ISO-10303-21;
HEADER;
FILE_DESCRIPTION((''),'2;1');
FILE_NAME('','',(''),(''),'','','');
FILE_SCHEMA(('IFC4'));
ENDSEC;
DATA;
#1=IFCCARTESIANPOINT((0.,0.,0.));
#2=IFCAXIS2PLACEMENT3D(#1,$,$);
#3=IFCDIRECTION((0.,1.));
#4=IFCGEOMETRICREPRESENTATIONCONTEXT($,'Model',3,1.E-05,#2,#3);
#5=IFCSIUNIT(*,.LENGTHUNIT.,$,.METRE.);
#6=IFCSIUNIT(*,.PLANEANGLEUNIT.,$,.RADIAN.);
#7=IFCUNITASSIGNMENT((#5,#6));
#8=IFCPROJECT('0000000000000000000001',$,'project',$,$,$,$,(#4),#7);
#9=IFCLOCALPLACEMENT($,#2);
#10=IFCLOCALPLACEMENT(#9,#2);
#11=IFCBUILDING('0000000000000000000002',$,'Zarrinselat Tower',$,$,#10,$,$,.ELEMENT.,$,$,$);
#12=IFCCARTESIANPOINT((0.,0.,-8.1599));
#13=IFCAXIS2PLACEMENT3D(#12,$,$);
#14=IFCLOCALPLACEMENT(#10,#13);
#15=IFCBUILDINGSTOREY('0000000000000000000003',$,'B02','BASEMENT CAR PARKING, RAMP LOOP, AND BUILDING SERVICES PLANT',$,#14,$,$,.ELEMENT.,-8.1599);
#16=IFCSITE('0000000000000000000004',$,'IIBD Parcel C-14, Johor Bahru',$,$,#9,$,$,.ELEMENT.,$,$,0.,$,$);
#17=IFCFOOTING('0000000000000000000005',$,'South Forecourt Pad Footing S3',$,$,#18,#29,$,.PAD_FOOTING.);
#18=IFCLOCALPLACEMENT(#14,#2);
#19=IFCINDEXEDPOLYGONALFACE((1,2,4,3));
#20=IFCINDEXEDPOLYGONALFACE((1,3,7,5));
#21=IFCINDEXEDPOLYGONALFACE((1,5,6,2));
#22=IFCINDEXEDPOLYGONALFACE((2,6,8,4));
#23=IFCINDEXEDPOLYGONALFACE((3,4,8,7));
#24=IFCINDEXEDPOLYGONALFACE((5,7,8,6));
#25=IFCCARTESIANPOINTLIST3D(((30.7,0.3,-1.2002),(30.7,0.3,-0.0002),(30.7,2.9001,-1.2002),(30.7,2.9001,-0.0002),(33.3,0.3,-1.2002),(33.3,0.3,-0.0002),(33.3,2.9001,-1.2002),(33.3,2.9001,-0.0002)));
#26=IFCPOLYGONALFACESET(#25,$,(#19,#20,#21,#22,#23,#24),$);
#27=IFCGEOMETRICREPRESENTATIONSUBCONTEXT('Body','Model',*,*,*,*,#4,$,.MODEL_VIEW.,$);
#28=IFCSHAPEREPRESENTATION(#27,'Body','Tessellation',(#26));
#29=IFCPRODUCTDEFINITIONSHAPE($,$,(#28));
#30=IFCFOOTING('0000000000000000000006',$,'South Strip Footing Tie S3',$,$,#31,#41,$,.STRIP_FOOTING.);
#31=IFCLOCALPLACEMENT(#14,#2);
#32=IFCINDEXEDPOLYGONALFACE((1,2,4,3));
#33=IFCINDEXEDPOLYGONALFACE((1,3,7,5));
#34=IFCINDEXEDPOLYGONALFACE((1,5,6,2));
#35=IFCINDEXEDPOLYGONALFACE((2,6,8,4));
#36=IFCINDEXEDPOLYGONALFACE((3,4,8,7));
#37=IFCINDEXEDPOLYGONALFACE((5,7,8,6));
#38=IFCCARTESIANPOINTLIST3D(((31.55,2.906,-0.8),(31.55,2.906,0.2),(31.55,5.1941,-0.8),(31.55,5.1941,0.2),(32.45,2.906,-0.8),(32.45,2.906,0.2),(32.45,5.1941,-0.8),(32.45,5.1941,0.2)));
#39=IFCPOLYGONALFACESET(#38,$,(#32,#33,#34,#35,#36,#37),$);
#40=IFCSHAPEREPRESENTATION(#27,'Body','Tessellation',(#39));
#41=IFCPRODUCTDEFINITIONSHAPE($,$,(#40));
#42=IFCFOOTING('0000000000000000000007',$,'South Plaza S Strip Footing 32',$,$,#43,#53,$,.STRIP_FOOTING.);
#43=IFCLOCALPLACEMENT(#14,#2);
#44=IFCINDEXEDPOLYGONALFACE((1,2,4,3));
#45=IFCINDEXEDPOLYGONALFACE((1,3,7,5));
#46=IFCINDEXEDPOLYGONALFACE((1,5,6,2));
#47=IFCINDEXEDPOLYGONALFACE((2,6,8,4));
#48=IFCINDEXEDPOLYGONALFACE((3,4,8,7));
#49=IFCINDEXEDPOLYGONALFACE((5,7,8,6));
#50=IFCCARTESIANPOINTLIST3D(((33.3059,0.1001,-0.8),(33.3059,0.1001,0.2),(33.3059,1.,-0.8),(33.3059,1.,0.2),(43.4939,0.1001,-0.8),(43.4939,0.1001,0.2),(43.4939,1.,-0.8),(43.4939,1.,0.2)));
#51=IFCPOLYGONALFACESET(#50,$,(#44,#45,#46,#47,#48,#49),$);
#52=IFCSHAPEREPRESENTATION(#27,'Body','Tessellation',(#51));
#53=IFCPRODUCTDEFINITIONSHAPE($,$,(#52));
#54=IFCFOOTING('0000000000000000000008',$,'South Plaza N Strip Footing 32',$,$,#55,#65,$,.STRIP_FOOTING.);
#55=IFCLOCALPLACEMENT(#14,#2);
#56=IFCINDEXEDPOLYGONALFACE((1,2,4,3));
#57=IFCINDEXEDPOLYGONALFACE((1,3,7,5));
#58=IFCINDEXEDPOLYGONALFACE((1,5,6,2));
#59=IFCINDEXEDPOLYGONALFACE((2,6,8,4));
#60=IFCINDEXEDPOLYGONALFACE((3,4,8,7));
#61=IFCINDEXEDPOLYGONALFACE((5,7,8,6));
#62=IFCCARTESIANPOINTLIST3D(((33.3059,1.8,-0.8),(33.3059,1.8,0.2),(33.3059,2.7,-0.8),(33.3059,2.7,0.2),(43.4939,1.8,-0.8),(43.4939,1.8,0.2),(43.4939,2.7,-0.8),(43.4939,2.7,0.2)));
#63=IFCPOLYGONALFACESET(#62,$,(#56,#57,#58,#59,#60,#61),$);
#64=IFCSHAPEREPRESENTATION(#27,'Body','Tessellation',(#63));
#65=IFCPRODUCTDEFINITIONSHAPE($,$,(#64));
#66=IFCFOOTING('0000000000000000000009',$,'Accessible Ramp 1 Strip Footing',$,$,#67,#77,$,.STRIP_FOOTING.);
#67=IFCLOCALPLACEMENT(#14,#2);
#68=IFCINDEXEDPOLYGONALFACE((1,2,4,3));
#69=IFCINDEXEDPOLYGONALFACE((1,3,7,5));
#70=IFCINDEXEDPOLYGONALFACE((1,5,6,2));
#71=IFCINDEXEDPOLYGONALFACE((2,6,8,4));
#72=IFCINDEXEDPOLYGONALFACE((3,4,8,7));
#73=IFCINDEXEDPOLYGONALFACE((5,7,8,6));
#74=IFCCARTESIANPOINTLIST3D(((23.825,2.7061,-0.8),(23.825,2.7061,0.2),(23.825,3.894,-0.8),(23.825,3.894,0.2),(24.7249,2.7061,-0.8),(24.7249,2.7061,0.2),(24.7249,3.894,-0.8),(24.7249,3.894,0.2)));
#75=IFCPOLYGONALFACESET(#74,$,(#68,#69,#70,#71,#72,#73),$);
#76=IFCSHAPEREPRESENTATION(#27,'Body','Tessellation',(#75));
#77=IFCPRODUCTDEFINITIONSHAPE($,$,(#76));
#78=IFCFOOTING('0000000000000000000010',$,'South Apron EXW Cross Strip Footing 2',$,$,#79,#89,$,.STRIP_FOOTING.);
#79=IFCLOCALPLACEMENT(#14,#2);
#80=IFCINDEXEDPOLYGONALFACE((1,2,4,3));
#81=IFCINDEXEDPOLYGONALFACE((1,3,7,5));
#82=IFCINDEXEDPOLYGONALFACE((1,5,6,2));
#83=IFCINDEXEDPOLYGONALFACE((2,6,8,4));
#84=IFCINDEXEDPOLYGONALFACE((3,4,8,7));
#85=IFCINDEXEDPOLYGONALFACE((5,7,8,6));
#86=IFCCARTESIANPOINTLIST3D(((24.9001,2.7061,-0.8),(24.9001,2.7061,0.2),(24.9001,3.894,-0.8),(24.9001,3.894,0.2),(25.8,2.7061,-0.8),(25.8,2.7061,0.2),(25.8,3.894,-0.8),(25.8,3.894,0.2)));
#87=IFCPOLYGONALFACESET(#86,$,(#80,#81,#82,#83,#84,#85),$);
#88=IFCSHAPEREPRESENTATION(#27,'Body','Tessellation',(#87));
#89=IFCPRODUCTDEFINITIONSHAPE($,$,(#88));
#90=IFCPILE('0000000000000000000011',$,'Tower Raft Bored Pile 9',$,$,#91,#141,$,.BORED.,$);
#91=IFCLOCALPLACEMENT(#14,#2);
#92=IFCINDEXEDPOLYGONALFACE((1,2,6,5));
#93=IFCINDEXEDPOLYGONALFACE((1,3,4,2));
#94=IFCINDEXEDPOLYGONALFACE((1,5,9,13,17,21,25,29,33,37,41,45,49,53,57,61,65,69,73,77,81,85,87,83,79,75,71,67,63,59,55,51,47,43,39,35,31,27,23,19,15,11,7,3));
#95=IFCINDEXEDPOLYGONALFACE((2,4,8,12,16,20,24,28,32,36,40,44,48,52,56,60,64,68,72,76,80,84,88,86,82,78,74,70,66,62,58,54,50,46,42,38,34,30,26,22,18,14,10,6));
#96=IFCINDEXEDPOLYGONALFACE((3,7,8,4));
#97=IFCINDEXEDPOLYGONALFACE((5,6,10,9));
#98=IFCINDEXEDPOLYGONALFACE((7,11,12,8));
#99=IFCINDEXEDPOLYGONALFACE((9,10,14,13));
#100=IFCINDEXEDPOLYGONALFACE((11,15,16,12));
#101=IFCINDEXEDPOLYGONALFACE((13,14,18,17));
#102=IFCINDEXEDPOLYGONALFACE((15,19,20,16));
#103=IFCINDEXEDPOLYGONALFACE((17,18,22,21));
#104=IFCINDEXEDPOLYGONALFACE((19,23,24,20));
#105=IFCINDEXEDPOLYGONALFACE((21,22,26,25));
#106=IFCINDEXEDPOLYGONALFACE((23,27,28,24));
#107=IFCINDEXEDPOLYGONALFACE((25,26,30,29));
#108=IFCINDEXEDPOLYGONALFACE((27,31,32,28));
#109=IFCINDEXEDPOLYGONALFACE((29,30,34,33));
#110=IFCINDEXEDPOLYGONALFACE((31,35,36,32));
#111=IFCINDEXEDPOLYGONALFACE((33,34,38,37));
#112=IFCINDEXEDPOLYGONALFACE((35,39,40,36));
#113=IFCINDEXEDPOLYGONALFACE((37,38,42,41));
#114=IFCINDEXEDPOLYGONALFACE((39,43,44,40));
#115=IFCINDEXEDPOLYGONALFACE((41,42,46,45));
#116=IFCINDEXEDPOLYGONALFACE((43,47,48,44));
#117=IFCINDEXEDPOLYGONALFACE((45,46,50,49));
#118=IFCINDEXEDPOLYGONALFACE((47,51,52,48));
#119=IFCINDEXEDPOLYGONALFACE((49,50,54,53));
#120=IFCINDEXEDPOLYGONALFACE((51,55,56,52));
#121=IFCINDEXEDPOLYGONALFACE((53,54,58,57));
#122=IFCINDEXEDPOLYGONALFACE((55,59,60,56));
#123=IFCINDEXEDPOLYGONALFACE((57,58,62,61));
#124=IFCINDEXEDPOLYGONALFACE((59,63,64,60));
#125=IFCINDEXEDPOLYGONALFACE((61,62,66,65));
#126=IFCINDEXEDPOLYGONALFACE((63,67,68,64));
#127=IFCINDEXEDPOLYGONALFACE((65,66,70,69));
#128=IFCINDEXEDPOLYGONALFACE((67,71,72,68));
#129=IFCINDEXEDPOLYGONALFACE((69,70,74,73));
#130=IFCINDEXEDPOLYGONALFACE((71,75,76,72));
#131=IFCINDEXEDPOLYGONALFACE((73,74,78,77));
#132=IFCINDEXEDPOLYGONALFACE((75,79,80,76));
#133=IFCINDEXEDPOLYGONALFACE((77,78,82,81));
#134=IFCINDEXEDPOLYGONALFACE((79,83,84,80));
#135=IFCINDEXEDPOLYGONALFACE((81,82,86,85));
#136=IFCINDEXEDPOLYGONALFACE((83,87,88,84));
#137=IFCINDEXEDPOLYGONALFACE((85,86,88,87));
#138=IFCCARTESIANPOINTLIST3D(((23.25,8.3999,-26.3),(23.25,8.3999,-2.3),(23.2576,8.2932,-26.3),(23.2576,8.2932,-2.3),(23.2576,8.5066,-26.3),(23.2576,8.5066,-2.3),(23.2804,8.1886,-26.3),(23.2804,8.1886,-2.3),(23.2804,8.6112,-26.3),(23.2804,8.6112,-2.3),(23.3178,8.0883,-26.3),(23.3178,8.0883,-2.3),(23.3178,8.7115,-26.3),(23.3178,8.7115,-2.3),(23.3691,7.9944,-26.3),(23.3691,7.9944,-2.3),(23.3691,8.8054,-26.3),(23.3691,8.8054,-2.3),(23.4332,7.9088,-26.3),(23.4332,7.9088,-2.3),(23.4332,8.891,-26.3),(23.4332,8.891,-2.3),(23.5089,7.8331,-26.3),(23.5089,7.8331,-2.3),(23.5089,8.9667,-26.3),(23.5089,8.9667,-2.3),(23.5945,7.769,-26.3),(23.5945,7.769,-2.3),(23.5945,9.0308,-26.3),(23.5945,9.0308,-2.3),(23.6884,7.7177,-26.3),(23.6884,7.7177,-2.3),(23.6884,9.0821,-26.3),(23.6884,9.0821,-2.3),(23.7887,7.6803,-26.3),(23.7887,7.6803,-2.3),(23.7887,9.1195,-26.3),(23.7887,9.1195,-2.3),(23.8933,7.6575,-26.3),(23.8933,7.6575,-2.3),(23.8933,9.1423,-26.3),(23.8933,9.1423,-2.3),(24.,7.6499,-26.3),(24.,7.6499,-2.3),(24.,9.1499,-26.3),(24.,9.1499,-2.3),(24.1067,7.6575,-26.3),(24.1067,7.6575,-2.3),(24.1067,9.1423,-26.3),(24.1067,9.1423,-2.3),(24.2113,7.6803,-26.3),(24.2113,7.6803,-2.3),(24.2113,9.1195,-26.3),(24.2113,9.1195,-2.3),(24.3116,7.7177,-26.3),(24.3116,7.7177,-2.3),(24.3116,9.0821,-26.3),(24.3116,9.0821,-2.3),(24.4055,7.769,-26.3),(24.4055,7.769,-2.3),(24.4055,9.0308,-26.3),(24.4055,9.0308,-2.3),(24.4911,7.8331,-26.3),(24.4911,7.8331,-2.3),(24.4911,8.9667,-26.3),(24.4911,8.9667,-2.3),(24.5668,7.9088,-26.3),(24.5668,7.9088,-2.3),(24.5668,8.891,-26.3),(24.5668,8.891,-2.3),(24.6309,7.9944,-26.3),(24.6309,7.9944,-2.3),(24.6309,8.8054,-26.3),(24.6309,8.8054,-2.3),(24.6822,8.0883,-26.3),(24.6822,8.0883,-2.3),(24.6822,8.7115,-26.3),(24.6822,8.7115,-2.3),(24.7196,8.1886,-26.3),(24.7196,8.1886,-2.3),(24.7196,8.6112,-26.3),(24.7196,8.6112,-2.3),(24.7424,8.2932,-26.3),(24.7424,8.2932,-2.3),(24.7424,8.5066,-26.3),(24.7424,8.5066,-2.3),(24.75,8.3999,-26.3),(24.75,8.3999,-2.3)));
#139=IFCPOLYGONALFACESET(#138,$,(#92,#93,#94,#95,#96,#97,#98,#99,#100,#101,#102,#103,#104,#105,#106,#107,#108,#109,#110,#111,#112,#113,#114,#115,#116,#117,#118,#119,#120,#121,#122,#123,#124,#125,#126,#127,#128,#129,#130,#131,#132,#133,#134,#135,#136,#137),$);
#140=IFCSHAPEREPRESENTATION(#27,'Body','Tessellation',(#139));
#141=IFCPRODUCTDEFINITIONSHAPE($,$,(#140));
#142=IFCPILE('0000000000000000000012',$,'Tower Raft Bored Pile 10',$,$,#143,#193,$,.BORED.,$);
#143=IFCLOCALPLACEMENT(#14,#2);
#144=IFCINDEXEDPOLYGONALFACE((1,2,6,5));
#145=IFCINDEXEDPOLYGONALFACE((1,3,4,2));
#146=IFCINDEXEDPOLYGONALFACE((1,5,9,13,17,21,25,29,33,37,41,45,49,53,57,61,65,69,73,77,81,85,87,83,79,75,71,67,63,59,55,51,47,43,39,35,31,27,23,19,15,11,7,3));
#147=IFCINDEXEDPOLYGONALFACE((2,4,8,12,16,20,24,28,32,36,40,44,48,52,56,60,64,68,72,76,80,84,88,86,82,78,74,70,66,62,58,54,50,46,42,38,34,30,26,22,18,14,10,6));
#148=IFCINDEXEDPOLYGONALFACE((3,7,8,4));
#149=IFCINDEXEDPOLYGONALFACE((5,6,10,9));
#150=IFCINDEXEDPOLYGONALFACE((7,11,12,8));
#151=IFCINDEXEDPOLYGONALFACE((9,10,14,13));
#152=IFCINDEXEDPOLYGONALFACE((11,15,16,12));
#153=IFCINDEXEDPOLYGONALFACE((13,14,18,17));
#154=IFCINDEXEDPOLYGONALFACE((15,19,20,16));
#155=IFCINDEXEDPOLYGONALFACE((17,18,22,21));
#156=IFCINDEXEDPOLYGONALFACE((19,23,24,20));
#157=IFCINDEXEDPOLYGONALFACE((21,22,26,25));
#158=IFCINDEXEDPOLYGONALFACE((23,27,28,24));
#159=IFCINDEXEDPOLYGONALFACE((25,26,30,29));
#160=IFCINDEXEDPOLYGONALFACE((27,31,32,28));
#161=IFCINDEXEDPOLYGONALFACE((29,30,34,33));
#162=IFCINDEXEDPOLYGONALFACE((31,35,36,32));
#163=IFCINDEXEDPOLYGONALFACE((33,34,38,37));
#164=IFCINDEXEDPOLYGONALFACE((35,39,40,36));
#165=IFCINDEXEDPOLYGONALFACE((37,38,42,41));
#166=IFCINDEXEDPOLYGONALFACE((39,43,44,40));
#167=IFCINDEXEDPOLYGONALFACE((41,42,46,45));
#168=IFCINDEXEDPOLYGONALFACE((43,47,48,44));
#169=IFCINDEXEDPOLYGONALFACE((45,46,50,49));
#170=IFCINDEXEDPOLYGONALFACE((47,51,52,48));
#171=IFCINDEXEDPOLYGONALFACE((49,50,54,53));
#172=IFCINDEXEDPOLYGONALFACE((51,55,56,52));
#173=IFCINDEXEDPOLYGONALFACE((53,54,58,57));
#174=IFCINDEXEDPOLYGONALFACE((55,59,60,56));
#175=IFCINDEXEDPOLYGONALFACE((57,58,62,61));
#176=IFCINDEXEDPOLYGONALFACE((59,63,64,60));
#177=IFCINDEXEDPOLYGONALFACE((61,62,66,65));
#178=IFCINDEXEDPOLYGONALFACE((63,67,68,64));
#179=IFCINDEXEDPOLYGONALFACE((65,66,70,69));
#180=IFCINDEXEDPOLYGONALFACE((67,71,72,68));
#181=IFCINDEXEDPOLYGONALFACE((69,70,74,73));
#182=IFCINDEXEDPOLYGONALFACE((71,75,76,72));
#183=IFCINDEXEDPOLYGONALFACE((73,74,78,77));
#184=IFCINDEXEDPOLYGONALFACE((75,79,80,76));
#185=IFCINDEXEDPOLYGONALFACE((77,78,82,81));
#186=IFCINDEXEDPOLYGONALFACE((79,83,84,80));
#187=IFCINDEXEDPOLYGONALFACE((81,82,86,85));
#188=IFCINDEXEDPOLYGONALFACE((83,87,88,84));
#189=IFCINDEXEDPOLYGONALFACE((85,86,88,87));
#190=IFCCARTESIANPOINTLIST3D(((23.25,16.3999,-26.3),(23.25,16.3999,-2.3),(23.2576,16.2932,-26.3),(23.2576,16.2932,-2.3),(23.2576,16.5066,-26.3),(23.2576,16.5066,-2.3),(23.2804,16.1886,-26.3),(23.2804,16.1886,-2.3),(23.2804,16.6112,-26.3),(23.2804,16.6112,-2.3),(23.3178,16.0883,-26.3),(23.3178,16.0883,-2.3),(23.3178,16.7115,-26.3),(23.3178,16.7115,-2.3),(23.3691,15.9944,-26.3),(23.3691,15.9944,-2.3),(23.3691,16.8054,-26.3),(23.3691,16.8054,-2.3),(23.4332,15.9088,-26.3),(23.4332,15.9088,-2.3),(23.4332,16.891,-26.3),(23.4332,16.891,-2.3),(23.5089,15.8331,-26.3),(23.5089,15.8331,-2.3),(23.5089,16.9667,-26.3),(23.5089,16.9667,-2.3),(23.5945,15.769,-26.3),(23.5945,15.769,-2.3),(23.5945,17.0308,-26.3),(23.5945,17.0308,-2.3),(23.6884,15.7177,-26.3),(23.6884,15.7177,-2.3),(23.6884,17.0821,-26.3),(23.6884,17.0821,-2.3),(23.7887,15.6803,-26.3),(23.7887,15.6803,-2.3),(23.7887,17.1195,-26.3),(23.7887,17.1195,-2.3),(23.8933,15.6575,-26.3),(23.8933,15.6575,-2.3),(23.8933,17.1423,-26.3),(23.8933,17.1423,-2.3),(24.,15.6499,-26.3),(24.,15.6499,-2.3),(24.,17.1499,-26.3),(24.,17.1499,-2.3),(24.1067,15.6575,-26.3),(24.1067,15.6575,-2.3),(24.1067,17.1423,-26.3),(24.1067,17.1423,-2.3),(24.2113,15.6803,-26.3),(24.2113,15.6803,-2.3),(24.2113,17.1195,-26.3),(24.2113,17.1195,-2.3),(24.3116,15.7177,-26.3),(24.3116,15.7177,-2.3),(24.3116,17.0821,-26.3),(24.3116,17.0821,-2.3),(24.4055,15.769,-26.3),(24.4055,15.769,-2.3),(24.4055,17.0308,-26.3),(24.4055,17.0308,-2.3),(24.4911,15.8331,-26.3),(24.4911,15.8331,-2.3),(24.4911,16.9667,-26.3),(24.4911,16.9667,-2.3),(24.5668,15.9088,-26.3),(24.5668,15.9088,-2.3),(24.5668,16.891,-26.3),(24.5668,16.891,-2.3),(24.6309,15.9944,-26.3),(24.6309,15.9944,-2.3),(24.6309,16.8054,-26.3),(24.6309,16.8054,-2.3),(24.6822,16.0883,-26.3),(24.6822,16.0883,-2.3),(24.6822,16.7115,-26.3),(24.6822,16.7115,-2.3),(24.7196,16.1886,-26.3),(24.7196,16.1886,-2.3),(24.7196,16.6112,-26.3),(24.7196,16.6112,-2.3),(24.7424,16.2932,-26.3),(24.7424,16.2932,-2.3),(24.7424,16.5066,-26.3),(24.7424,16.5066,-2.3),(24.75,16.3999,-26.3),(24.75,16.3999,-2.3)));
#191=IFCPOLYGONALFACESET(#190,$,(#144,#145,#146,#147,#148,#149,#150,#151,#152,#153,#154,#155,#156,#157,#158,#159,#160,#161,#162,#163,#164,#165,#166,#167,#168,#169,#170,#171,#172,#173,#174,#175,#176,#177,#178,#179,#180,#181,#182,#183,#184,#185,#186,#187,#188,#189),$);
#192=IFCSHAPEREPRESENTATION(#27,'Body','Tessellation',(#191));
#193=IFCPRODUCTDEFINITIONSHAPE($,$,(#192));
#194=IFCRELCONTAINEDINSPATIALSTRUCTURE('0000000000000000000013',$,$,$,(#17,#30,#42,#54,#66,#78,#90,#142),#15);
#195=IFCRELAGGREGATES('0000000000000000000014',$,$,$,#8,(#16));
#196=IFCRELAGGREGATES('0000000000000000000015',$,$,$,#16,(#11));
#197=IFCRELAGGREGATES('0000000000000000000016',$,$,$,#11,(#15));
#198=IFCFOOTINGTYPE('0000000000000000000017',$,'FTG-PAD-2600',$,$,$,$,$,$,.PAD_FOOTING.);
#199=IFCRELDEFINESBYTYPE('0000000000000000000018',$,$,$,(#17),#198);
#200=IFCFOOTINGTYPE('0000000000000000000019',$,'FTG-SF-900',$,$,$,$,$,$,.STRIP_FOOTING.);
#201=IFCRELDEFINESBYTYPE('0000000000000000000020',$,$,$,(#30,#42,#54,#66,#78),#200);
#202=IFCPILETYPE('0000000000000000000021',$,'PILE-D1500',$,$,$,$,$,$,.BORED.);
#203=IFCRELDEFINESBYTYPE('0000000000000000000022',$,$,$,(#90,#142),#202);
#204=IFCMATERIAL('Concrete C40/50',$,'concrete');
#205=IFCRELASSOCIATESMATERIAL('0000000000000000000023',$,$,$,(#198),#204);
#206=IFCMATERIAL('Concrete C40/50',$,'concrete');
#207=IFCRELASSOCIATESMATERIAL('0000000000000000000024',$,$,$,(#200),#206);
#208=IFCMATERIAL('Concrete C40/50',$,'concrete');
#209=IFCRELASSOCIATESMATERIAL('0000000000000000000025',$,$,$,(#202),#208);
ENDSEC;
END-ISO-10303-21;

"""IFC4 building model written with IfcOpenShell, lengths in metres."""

from ifc_helpers import new_model, si_unit, direction, frame, origin, origin_2d, place, context, subcontext, project, spatial, rectangle, circle, extrude, material, material_profile, profile_set, type_object, element, save


model = new_model("IFC4")

# Units and contexts
model_context = context("Model", 3, precision=1e-05, world=origin(), true_north=direction((0.0, 1.0)))
body_context = subcontext(model_context, "Body", "Model", "MODEL_VIEW")
ifc_project = project(units=[si_unit("LENGTHUNIT", "METRE"), si_unit("PLANEANGLEUNIT", "RADIAN")], contexts=[model_context])

# Site, building, storey
site_placement = place(None, origin())
site = spatial("IfcSite", under=ifc_project, at=site_placement, Name="IIBD Parcel C-14, Johor Bahru", CompositionType="ELEMENT", RefElevation=0.0)
building_placement = place(site_placement, origin())
building = spatial("IfcBuilding", under=site, at=building_placement, Name="Zarrinselat Tower", CompositionType="ELEMENT")
storey_placement = place(building_placement, frame((0.0, 0.0, -8.1599)))
storey = spatial("IfcBuildingStorey", under=building, at=storey_placement, Name="B02", Description="BASEMENT CAR PARKING, RAMP LOOP, AND BUILDING SERVICES PLANT", CompositionType="ELEMENT", Elevation=-8.1599)

# Footings
ifc_material_1 = material(Name="Concrete C40/50", Category="concrete")
footing_type_1 = type_object("IfcFootingType", Name="FTG-PAD-2600", PredefinedType="PAD_FOOTING", material=ifc_material_1)
footing_1_placement = place(storey_placement, frame((32.0, 1.6001, -1.2002), z_axis=(0.0, 0.0, 1.0), x_axis=(1.0, 0.0, 0.0)))
element("IfcFooting", 1, at=footing_1_placement, inside=storey, type_object=footing_type_1, Name="South Forecourt Pad Footing S3", PredefinedType="PAD_FOOTING", context=body_context, shape_type="SweptSolid", body=[
    extrude(rectangle(XDim=2.6001, YDim=2.6001, at=origin_2d()), origin(), (0.0, 0.0, 1.0), 1.2),
])
ifc_material_2 = material(Name="Concrete C40/50", Category="concrete")
ifc_material_profile_1 = material_profile(ifc_material_2, rectangle(XDim=0.8999, YDim=1.0, at=origin_2d()), Name="RC SF 900x1000")
ifc_profile_set_1 = profile_set([ifc_material_profile_1], Name="Concrete C40/50")
footing_type_2 = type_object("IfcFootingType", Name="FTG-SF-900", PredefinedType="STRIP_FOOTING", material=ifc_profile_set_1)
footing_2_placement = place(storey_placement, frame((32.0, 2.906, -0.3), z_axis=(0.0, 1.0, 0.0), x_axis=(-1.0, 0.0, 0.0)))
element("IfcFooting", 2, at=footing_2_placement, inside=storey, type_object=footing_type_2, Name="South Strip Footing Tie S3", PredefinedType="STRIP_FOOTING", context=body_context, shape_type="SweptSolid", body=[
    extrude(rectangle(XDim=0.8999, YDim=1.0, at=origin_2d()), origin(), (0.0, 0.0, 1.0), 2.2881),
])
for number, where, z_axis, x_axis, name in (
    (3, (33.3059, 0.55, -0.3), (1.0, 0.0, 0.0), (0.0, 1.0, 0.0), "South Plaza S Strip Footing 32"),
    (4, (33.3059, 2.25, -0.3), (1.0, 0.0, 0.0), (0.0, 1.0, 0.0), "South Plaza N Strip Footing 32"),
):
    element("IfcFooting", number, at=place(storey_placement, frame(where, z_axis=z_axis, x_axis=x_axis)), inside=storey, type_object=footing_type_2, Name=name, PredefinedType="STRIP_FOOTING", context=body_context, shape_type="SweptSolid", body=[
        extrude(rectangle(XDim=0.8999, YDim=1.0, at=origin_2d()), origin(), (0.0, 0.0, 1.0), 10.188),
    ])
for number, where, z_axis, x_axis, name in (
    (5, (24.2749, 2.7061, -0.3), (0.0, 1.0, 0.0), (-1.0, 0.0, 0.0), "Accessible Ramp 1 Strip Footing"),
    (6, (25.3501, 2.7061, -0.3), (0.0, 1.0, 0.0), (-1.0, 0.0, 0.0), "South Apron EXW Cross Strip Footing 2"),
):
    element("IfcFooting", number, at=place(storey_placement, frame(where, z_axis=z_axis, x_axis=x_axis)), inside=storey, type_object=footing_type_2, Name=name, PredefinedType="STRIP_FOOTING", context=body_context, shape_type="SweptSolid", body=[
        extrude(rectangle(XDim=0.8999, YDim=1.0, at=origin_2d()), origin(), (0.0, 0.0, 1.0), 1.188),
    ])

# Piles
ifc_material_3 = material(Name="Concrete C40/50", Category="concrete")
ifc_material_profile_2 = material_profile(ifc_material_3, circle(Radius=0.75, at=origin_2d()), Name="BORED PILE D1500")
ifc_profile_set_2 = profile_set([ifc_material_profile_2], Name="Concrete C40/50")
pile_type = type_object("IfcPileType", Name="PILE-D1500", PredefinedType="BORED", material=ifc_profile_set_2)
for number, where, z_axis, x_axis, name in (
    (7, (24.0, 8.3999, -2.3), (0.0, 0.0, -1.0), (1.0, 0.0, 0.0), "Tower Raft Bored Pile 9"),
    (8, (24.0, 16.3999, -2.3), (0.0, 0.0, -1.0), (1.0, 0.0, 0.0), "Tower Raft Bored Pile 10"),
):
    element("IfcPile", number, at=place(storey_placement, frame(where, z_axis=z_axis, x_axis=x_axis)), inside=storey, type_object=pile_type, Name=name, PredefinedType="BORED", context=body_context, shape_type="SweptSolid", body=[
        extrude(circle(Radius=0.75, at=origin_2d()), origin(), (0.0, 0.0, 1.0), 24.0),
    ])

save(model, "model.ifc")
